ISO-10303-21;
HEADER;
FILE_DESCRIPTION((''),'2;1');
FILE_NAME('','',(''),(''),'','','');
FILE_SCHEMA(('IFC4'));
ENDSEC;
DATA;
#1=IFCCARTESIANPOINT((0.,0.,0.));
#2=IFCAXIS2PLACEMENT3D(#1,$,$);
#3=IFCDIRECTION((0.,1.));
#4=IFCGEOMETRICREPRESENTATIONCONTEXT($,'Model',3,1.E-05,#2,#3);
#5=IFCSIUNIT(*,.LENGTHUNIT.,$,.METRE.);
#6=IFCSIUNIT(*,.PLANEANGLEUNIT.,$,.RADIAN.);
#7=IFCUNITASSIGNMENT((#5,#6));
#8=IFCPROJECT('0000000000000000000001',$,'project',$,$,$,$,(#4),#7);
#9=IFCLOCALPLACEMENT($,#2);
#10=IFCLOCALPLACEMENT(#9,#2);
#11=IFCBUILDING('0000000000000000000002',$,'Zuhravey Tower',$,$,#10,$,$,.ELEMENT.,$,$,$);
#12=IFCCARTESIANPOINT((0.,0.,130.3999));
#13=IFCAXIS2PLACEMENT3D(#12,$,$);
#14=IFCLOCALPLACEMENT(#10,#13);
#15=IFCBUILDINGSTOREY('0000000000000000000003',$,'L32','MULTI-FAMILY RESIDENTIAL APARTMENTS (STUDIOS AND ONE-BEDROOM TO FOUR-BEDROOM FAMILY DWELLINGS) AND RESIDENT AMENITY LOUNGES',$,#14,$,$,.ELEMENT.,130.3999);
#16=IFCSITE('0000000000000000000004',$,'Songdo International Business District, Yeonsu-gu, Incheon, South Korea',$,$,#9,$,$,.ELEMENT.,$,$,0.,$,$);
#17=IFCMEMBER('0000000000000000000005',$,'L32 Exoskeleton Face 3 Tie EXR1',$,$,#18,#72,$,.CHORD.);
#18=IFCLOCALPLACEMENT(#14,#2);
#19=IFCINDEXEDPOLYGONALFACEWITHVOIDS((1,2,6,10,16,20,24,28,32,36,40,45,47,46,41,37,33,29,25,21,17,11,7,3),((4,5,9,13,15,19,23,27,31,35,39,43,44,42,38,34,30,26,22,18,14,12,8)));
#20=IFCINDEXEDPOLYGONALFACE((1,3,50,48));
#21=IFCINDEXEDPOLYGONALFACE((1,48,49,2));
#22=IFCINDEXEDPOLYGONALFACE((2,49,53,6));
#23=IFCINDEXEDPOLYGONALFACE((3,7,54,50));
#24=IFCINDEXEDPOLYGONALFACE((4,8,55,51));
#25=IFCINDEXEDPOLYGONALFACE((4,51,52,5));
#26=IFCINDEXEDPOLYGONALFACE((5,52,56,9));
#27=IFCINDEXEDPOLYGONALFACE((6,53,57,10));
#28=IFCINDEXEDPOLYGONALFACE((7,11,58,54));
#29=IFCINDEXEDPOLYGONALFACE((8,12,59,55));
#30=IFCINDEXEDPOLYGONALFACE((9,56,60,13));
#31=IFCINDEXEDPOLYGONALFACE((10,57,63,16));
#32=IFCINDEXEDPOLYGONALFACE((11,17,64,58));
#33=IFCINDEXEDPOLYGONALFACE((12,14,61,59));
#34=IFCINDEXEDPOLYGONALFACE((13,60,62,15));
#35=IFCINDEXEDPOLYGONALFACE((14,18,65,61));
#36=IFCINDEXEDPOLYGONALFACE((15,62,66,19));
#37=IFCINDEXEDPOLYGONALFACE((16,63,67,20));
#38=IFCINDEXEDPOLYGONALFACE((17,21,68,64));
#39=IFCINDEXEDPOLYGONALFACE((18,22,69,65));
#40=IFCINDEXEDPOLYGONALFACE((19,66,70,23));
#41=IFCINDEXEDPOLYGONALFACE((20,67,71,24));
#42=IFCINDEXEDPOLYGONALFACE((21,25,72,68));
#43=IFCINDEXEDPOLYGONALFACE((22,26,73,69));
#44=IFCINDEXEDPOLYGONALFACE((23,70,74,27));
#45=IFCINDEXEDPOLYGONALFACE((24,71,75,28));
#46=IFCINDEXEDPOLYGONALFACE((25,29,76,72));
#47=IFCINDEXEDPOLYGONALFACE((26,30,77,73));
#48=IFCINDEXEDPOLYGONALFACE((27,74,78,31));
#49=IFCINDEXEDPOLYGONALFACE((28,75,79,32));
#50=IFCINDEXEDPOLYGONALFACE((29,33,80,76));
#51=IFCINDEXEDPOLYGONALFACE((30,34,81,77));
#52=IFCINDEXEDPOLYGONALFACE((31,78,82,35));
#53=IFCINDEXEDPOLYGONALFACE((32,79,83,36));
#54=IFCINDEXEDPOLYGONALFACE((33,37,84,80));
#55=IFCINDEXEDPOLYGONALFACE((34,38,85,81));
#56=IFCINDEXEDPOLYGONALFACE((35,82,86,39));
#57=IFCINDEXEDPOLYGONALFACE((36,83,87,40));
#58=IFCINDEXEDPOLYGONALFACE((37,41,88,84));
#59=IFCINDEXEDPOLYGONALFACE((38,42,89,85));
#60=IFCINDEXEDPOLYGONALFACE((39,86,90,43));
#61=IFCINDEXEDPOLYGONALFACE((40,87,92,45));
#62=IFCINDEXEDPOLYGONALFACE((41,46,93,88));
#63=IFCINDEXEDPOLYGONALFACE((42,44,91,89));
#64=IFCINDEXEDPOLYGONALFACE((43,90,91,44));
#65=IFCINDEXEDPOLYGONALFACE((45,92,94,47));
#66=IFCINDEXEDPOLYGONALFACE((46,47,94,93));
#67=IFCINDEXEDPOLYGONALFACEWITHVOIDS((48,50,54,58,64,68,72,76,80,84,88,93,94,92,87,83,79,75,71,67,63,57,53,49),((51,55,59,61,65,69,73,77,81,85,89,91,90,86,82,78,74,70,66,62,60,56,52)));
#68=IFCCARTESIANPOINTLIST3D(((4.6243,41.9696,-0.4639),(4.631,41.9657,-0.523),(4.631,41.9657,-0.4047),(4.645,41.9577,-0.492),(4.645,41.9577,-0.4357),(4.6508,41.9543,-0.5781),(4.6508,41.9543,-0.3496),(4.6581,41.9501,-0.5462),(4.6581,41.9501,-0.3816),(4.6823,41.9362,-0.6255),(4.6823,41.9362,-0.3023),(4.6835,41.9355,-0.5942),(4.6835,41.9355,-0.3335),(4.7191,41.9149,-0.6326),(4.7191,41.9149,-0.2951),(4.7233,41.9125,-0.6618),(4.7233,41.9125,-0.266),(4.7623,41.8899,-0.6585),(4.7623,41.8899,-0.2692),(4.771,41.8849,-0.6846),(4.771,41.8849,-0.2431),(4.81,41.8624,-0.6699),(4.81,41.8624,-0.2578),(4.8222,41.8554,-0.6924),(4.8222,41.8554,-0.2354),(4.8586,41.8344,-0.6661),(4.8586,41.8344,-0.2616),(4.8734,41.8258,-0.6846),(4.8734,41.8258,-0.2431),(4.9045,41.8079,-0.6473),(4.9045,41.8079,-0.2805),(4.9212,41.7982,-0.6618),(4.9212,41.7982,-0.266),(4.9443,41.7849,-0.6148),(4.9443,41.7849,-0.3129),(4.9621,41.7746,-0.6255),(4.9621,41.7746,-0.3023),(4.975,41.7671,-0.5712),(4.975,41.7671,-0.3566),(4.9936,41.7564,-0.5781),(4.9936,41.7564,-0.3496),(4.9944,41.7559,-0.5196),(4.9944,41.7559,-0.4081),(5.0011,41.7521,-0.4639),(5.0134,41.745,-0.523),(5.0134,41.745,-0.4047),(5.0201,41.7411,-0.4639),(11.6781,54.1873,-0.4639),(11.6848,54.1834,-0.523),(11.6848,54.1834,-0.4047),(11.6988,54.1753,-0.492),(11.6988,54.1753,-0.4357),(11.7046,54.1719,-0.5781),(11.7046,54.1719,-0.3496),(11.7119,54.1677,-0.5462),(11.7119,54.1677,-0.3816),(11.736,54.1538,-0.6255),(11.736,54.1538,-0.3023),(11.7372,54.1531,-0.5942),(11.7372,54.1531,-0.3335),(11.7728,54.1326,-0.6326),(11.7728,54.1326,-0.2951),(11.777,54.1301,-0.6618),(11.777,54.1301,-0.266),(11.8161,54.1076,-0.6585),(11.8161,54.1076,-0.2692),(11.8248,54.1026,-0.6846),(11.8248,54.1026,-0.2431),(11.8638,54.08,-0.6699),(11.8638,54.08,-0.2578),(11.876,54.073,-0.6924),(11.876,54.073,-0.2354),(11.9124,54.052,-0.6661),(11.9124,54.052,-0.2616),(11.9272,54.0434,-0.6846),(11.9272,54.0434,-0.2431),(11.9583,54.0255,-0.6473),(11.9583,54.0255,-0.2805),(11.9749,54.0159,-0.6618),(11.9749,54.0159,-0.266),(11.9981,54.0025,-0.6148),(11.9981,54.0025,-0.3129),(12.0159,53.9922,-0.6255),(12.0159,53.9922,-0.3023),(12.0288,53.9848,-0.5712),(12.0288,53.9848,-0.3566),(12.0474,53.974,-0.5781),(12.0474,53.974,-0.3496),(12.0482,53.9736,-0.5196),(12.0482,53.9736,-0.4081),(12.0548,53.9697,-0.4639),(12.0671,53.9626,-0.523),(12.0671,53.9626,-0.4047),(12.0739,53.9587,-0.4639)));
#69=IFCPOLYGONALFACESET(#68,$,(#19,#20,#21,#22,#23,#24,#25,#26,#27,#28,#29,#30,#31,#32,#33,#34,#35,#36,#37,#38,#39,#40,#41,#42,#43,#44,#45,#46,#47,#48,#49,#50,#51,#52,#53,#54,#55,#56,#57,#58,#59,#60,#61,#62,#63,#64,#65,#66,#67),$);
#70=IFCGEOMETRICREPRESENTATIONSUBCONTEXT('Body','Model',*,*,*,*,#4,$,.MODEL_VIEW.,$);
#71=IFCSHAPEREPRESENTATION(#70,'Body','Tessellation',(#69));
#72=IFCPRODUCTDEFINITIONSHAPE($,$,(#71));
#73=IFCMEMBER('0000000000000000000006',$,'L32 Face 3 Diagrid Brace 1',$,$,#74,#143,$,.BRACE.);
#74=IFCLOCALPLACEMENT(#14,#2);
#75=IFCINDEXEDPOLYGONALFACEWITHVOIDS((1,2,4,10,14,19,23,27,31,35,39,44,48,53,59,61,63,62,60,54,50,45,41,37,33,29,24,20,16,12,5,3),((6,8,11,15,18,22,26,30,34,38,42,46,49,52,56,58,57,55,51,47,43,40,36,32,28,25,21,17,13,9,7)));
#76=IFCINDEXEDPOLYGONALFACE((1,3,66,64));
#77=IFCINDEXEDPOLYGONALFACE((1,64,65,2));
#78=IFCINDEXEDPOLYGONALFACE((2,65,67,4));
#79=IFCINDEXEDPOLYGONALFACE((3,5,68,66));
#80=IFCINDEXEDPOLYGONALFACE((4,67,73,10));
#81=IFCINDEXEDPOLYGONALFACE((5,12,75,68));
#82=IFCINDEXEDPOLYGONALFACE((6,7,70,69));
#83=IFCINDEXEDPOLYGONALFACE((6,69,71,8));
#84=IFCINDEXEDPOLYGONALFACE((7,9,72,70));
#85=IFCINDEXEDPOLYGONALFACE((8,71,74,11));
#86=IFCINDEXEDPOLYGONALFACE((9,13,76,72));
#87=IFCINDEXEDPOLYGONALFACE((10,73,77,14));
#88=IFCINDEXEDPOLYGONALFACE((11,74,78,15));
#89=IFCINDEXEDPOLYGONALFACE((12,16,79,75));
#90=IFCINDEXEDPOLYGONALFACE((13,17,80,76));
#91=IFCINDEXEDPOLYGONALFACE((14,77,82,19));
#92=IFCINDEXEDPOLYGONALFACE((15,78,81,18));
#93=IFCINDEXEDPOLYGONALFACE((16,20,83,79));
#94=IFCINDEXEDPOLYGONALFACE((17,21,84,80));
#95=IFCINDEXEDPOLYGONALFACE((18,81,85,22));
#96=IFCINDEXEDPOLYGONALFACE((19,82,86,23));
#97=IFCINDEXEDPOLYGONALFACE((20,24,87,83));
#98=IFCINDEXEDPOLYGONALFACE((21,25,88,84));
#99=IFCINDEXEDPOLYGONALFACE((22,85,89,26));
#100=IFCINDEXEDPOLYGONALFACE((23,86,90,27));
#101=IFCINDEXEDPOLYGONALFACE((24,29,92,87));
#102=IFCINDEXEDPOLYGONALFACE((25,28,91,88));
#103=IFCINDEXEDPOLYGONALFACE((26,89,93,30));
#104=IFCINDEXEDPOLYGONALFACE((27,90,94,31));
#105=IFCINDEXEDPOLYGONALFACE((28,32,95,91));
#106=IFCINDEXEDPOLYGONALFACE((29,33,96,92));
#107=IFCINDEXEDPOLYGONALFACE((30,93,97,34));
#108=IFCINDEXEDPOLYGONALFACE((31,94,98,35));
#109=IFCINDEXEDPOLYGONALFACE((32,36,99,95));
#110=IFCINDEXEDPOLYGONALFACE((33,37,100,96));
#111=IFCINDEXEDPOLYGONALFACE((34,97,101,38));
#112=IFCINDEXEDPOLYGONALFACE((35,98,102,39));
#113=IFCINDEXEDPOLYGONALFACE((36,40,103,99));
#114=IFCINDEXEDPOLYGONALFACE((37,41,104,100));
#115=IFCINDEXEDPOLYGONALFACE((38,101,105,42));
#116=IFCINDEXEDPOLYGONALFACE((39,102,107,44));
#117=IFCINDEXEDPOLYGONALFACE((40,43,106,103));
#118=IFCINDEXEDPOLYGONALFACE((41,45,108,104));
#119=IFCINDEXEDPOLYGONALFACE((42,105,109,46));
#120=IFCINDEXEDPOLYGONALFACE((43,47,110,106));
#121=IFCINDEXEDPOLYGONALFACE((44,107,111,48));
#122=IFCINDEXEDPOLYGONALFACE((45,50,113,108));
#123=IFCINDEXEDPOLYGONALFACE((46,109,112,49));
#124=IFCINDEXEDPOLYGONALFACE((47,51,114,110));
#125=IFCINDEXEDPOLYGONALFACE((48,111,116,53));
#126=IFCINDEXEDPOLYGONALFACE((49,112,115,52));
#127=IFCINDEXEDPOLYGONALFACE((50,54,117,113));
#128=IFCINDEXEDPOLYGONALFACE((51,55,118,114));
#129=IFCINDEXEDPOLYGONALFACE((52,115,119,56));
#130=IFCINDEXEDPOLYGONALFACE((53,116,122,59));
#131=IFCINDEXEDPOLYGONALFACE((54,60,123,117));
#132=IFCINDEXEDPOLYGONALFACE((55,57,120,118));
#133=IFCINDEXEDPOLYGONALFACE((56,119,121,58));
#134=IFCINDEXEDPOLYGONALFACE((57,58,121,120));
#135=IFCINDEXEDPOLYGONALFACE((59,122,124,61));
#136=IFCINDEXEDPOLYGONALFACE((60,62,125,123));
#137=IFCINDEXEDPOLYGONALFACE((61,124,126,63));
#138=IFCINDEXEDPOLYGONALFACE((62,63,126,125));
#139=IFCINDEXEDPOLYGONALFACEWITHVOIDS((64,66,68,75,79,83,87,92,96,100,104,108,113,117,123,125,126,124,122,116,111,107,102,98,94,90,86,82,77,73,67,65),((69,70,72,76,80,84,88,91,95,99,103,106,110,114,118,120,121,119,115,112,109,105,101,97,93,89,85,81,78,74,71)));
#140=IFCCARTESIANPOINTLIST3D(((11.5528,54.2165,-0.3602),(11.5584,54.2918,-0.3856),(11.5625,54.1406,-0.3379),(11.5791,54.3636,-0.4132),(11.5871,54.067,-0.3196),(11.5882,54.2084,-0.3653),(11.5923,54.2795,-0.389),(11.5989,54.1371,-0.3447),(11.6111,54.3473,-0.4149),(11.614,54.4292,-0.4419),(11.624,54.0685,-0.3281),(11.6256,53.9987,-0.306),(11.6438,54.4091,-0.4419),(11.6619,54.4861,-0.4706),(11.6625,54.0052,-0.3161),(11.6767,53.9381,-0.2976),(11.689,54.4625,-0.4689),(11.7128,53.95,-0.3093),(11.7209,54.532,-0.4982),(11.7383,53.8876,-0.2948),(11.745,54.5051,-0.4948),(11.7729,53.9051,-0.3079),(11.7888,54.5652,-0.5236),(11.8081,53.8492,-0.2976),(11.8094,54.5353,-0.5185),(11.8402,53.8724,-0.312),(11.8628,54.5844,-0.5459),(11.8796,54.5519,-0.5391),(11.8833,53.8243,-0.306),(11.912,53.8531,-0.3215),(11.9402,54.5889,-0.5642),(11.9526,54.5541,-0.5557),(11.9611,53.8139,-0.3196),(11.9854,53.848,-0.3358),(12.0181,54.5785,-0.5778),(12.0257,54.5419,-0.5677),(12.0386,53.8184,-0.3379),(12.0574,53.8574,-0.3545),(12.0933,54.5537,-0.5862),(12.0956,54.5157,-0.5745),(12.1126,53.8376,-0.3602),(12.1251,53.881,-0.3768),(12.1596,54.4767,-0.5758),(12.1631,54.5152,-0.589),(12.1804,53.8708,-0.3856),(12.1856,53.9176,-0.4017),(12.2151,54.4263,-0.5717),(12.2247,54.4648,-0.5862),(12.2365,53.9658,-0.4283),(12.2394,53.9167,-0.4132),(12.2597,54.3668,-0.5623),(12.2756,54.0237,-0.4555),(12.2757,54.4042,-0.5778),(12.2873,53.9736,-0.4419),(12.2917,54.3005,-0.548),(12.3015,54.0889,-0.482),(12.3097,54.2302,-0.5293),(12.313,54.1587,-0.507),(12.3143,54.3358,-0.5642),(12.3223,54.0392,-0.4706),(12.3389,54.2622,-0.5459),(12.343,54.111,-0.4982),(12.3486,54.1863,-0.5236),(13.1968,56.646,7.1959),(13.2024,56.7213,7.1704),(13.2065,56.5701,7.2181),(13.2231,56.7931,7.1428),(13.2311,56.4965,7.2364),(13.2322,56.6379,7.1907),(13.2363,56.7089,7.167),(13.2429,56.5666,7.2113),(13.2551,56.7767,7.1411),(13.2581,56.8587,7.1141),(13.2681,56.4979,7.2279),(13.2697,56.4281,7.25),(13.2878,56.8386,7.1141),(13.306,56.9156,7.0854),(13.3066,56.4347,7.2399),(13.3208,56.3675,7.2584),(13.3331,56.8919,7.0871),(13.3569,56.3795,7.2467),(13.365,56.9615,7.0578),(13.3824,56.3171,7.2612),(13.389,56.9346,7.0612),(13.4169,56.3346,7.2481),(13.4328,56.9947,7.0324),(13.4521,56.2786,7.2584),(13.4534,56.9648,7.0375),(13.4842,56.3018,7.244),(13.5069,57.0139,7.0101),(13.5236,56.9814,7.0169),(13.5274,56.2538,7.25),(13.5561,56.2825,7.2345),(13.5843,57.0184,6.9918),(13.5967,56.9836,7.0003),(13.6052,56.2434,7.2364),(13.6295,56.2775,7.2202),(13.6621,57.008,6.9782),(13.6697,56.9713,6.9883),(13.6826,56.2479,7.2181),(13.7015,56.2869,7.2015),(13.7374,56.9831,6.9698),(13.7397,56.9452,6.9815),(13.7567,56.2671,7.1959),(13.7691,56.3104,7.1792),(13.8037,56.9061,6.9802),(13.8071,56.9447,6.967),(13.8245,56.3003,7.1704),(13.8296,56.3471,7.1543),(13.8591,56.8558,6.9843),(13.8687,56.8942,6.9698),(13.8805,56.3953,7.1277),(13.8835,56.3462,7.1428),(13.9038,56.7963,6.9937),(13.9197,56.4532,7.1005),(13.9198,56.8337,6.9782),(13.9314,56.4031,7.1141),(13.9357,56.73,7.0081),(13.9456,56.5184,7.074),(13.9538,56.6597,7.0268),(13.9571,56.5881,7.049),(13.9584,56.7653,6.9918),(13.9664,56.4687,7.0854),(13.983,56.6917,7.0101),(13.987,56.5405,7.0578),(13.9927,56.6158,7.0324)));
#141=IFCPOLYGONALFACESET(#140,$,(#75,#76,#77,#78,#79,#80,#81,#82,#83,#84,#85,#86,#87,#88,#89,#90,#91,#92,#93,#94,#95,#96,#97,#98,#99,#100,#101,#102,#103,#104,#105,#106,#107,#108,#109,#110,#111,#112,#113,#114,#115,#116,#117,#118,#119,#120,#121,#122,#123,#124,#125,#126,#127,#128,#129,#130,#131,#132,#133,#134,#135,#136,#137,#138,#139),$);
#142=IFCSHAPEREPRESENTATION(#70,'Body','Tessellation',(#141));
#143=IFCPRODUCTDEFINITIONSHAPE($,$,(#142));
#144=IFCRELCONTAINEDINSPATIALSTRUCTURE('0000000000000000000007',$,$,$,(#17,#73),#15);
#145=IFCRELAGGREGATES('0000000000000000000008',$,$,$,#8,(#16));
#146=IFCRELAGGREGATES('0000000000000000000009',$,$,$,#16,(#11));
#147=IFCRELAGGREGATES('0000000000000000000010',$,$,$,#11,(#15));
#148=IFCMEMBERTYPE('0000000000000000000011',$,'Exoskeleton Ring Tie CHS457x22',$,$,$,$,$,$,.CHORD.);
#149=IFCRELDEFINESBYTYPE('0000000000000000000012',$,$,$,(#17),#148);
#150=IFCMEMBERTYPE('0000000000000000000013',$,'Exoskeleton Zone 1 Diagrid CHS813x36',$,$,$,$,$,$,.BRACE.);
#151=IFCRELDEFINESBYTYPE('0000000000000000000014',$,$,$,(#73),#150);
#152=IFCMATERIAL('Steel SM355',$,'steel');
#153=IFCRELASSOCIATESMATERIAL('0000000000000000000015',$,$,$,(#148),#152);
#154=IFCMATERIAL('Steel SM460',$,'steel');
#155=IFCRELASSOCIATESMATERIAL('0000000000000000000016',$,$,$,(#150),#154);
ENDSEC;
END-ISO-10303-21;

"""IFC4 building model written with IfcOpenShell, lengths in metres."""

from ifc_helpers import new_model, si_unit, direction, frame, origin, origin_2d, place, context, subcontext, project, spatial, hollow_circle, extrude, material, material_profile, profile_set, type_object, element, save


model = new_model("IFC4")

# Units and contexts
model_context = context("Model", 3, precision=1e-05, world=origin(), true_north=direction((0.0, 1.0)))
body_context = subcontext(model_context, "Body", "Model", "MODEL_VIEW")
ifc_project = project(units=[si_unit("LENGTHUNIT", "METRE"), si_unit("PLANEANGLEUNIT", "RADIAN")], contexts=[model_context])

# Site, building, storey
site_placement = place(None, origin())
site = spatial("IfcSite", under=ifc_project, at=site_placement, Name="Songdo International Business District, Yeonsu-gu, Incheon, South Korea", CompositionType="ELEMENT", RefElevation=0.0)
building_placement = place(site_placement, origin())
building = spatial("IfcBuilding", under=site, at=building_placement, Name="Zuhravey Tower", CompositionType="ELEMENT")
storey_placement = place(building_placement, frame((0.0, 0.0, 130.3999)))
storey = spatial("IfcBuildingStorey", under=building, at=storey_placement, Name="L32", Description="MULTI-FAMILY RESIDENTIAL APARTMENTS (STUDIOS AND ONE-BEDROOM TO FOUR-BEDROOM FAMILY DWELLINGS) AND RESIDENT AMENITY LOUNGES", CompositionType="ELEMENT", Elevation=130.3999)

# Members
ifc_material_1 = material(Name="Steel SM355", Category="steel")
ifc_material_profile_1 = material_profile(ifc_material_1, hollow_circle(Radius=0.2285, WallThickness=0.022, at=origin_2d()), Name="CHS-457.2x22")
ifc_profile_set_1 = profile_set([ifc_material_profile_1], Name="Steel SM355")
member_type_1 = type_object("IfcMemberType", Name="Exoskeleton Ring Tie CHS457x22", PredefinedType="CHORD", material=ifc_profile_set_1)
member_1_placement = place(storey_placement, frame((11.876, 54.073, -0.4639), z_axis=(-0.499996, -0.866028, 0.0), x_axis=(0.866028, -0.499996, 0.0)))
element("IfcMember", 1, at=member_1_placement, inside=storey, type_object=member_type_1, Name="L32 Exoskeleton Face 3 Tie EXR1", PredefinedType="CHORD", context=body_context, shape_type="SweptSolid", body=[
    extrude(hollow_circle(Radius=0.2285, WallThickness=0.022, at=origin_2d()), origin(), (0.0, 0.0, 1.0), 14.1077),
])
ifc_material_2 = material(Name="Steel SM460", Category="steel")
ifc_material_profile_2 = material_profile(ifc_material_2, hollow_circle(Radius=0.4065, WallThickness=0.0359, at=origin_2d()), Name="CHS-812.8x36")
ifc_profile_set_2 = profile_set([ifc_material_profile_2], Name="Steel SM460")
member_type_2 = type_object("IfcMemberType", Name="Exoskeleton Zone 1 Diagrid CHS813x36", PredefinedType="BRACE", material=ifc_profile_set_2)
member_2_placement = place(storey_placement, frame((11.9507, 54.2014, -0.4419), z_axis=(0.202834, 0.299733, 0.932212), x_axis=(-0.828189, 0.560449, 0.0)))
element("IfcMember", 2, at=member_2_placement, inside=storey, type_object=member_type_2, Name="L32 Face 3 Diagrid Brace 1", PredefinedType="BRACE", context=body_context, shape_type="SweptSolid", body=[
    extrude(hollow_circle(Radius=0.4065, WallThickness=0.0359, at=origin_2d()), origin(), (0.0, 0.0, 1.0), 8.1055),
])

save(model, "model.ifc")
